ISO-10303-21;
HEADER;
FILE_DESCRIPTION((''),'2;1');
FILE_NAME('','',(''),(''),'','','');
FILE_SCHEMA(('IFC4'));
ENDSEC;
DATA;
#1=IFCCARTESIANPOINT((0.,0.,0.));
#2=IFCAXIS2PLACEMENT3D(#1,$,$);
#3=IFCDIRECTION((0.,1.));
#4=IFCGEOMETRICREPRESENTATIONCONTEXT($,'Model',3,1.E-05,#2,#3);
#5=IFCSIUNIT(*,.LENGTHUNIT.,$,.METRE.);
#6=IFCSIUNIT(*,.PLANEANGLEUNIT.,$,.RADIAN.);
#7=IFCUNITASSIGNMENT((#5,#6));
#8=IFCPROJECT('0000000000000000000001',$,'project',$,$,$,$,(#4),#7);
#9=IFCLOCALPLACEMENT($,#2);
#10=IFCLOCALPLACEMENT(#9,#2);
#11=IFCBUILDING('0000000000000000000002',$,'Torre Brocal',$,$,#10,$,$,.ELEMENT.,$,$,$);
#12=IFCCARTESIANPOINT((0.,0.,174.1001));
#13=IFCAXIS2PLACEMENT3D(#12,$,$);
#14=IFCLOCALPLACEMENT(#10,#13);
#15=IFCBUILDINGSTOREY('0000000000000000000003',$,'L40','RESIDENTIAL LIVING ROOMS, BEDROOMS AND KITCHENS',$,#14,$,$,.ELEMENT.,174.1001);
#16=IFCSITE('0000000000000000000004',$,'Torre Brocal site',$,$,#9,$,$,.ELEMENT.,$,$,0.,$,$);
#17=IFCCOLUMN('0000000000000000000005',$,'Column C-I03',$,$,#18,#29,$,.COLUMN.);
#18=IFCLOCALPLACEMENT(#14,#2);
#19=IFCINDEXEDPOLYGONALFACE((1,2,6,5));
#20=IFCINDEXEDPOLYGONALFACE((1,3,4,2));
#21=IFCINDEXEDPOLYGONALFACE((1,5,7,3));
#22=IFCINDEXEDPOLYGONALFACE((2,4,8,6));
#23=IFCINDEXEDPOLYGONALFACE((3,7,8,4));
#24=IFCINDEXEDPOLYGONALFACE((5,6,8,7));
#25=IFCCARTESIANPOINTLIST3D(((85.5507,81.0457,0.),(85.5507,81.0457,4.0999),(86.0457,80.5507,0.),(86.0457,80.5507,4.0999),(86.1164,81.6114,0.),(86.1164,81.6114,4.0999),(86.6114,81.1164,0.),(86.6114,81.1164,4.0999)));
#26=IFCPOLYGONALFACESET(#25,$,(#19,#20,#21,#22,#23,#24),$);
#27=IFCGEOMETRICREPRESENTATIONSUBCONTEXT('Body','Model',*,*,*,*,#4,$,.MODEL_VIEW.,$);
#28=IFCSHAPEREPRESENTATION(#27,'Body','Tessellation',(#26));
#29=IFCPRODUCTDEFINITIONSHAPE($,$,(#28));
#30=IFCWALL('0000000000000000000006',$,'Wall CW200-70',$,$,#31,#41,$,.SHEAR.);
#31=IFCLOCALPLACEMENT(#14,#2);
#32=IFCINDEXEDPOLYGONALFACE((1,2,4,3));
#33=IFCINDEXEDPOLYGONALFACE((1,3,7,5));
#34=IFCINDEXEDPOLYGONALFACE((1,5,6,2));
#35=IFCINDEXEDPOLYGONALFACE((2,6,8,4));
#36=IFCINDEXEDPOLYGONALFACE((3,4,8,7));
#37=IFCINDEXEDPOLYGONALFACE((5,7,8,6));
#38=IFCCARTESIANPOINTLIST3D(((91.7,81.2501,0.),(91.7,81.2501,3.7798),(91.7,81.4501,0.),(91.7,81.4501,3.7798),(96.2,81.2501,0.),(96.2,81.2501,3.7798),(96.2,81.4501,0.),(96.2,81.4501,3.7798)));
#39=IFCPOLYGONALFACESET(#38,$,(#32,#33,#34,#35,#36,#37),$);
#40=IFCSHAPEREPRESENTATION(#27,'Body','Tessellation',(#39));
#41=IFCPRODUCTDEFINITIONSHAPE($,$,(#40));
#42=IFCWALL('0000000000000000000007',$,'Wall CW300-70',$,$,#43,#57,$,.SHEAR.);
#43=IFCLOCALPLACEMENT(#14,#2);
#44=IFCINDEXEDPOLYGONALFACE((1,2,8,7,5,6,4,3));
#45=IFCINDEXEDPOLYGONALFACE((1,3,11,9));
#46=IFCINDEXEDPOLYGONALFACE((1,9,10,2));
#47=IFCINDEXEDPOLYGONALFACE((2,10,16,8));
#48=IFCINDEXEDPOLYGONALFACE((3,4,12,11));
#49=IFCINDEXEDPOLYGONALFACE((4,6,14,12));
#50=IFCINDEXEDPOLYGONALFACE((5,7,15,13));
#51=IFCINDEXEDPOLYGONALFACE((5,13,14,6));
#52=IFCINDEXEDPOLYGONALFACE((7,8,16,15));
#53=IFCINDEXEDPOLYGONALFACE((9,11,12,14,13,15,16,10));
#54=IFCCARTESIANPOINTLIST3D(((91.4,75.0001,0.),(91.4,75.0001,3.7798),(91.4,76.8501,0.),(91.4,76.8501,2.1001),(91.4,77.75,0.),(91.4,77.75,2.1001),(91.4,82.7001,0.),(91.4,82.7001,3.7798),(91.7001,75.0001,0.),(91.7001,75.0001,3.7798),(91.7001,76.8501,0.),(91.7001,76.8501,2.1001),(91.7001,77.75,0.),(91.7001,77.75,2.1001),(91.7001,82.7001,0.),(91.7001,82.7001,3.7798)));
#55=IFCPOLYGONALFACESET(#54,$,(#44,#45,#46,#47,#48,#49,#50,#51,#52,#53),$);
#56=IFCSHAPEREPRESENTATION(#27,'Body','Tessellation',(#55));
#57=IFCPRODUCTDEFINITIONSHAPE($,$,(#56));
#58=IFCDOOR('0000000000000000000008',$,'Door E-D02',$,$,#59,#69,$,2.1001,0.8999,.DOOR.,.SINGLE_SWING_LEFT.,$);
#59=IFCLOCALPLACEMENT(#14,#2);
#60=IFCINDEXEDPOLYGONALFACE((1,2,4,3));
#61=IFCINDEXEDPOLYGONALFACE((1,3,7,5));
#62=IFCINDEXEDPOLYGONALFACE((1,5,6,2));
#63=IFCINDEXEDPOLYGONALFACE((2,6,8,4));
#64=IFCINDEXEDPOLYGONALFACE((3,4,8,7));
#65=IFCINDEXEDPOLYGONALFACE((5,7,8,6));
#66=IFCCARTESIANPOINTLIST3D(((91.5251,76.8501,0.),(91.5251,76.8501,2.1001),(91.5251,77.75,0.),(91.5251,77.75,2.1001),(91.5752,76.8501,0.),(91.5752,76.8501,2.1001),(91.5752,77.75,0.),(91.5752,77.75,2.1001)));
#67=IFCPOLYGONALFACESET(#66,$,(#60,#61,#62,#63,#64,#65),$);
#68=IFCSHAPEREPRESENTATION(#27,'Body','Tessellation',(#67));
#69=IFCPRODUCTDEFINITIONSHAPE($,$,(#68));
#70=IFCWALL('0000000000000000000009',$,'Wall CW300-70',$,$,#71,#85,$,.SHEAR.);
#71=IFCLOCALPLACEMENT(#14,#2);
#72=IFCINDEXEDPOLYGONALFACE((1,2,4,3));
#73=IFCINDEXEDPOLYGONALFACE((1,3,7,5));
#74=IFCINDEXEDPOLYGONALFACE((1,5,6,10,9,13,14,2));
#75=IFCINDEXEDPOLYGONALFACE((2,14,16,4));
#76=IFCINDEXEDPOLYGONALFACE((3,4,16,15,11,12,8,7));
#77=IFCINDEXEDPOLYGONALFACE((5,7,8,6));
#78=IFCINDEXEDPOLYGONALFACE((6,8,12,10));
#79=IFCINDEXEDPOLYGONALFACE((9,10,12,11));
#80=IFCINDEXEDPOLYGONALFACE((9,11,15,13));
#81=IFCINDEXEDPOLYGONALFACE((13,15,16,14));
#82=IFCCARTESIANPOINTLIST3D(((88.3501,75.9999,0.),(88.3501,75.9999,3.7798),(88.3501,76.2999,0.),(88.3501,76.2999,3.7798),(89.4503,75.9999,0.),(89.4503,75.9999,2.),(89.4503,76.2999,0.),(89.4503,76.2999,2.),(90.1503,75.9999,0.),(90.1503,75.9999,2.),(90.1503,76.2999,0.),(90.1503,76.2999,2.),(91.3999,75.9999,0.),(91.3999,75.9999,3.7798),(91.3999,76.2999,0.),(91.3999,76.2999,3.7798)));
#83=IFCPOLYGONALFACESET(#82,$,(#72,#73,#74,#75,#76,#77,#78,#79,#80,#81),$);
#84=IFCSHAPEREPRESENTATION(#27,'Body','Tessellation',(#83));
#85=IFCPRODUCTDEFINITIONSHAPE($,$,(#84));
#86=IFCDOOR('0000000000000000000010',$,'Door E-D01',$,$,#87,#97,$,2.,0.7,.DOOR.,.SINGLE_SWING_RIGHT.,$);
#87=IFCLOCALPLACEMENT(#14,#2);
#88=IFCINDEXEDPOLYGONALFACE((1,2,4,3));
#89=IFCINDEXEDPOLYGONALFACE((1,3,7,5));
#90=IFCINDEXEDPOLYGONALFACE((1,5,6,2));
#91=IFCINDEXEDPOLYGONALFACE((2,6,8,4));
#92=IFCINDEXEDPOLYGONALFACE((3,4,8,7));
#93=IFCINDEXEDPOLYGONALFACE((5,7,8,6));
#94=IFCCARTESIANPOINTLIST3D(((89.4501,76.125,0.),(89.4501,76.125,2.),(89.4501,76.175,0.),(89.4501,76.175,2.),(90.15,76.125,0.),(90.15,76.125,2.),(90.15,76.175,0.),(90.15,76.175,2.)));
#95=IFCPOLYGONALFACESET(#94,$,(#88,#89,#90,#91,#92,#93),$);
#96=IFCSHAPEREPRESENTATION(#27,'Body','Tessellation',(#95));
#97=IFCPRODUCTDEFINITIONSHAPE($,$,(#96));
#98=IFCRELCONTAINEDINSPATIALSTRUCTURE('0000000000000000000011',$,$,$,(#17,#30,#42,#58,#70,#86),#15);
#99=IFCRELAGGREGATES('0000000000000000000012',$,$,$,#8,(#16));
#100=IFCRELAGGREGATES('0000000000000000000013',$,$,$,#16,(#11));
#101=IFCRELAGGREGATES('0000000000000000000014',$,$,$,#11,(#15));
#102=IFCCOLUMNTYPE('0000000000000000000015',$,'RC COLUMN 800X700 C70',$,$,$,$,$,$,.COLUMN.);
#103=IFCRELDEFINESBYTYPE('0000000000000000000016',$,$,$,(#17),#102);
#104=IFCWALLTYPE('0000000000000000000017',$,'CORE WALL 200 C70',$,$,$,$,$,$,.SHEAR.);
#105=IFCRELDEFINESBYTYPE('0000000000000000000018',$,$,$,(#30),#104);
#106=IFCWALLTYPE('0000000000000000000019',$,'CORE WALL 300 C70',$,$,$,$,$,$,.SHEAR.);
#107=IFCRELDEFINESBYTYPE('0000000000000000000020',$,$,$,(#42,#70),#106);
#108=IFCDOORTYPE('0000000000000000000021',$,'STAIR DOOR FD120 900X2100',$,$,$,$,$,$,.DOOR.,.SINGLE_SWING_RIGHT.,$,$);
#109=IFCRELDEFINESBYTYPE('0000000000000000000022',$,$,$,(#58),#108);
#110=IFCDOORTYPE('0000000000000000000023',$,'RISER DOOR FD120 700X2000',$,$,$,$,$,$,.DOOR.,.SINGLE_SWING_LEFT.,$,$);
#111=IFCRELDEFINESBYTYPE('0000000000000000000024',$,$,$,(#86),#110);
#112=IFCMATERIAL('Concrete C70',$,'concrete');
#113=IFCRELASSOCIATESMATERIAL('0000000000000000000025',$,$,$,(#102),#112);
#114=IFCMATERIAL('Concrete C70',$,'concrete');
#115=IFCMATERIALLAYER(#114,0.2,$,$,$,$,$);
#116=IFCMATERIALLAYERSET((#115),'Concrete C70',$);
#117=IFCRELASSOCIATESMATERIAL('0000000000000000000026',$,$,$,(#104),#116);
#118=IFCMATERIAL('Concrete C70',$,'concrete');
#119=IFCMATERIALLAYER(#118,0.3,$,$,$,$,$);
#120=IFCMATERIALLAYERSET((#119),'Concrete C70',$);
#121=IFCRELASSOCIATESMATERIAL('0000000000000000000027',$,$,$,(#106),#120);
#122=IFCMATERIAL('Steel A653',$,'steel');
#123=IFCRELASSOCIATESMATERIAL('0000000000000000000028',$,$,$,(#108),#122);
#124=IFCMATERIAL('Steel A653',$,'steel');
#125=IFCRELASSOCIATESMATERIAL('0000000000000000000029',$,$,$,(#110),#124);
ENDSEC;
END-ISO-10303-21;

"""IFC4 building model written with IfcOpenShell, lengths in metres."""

from ifc_helpers import new_model, si_unit, direction, frame, frame_2d, origin, origin_2d, place, context, subcontext, project, spatial, rectangle, extrude, material, layer, layer_set, material_profile, profile_set, type_object, element, fill, save


model = new_model("IFC4")

# Units and contexts
model_context = context("Model", 3, precision=1e-05, world=origin(), true_north=direction((0.0, 1.0)))
body_context = subcontext(model_context, "Body", "Model", "MODEL_VIEW")
ifc_project = project(units=[si_unit("LENGTHUNIT", "METRE"), si_unit("PLANEANGLEUNIT", "RADIAN")], contexts=[model_context])

# Site, building, storey
site_placement = place(None, origin())
site = spatial("IfcSite", under=ifc_project, at=site_placement, Name="Torre Brocal site", CompositionType="ELEMENT", RefElevation=0.0)
building_placement = place(site_placement, origin())
building = spatial("IfcBuilding", under=site, at=building_placement, Name="Torre Brocal", CompositionType="ELEMENT")
storey_placement = place(building_placement, frame((0.0, 0.0, 174.1001)))
storey = spatial("IfcBuildingStorey", under=building, at=storey_placement, Name="L40", Description="RESIDENTIAL LIVING ROOMS, BEDROOMS AND KITCHENS", CompositionType="ELEMENT", Elevation=174.1001)

# Column
ifc_material_1 = material(Name="Concrete C70", Category="concrete")
ifc_material_profile = material_profile(ifc_material_1, rectangle(XDim=0.8, YDim=0.7, at=origin_2d()), Name="RC 800X700")
ifc_profile_set = profile_set([ifc_material_profile], Name="Concrete C70")
column_type = type_object("IfcColumnType", Name="RC COLUMN 800X700 C70", PredefinedType="COLUMN", material=ifc_profile_set)
column_placement = place(storey_placement, frame((86.0811, 81.0811, 0.0), z_axis=(0.0, 0.0, 1.0), x_axis=(0.707107, 0.707107, 0.0)))
element("IfcColumn", 1, at=column_placement, inside=storey, type_object=column_type, Name="Column C-I03", PredefinedType="COLUMN", context=body_context, shape_type="SweptSolid", body=[
    extrude(rectangle(XDim=0.8, YDim=0.7, at=origin_2d()), origin(), (0.0, 0.0, 1.0), 4.0999),
])

# Wall
ifc_material_2 = material(Name="Concrete C70", Category="concrete")
ifc_layer_1 = layer(ifc_material_2, 0.2)
ifc_layer_set_1 = layer_set([ifc_layer_1], Name="Concrete C70")
wall_type_1 = type_object("IfcWallType", Name="CORE WALL 200 C70", PredefinedType="SHEAR", material=ifc_layer_set_1)
wall_1_placement = place(storey_placement, frame((91.7, 81.3501, 0.0), z_axis=(0.0, 0.0, 1.0), x_axis=(1.0, 0.0, 0.0)))
element("IfcWall", 2, at=wall_1_placement, inside=storey, type_object=wall_type_1, Name="Wall CW200-70", PredefinedType="SHEAR", context=body_context, shape_type="SweptSolid", body=[
    extrude(rectangle(XDim=4.5, YDim=0.2, at=frame_2d((2.25, 0.0))), origin(), (0.0, 0.0, 1.0), 3.7798),
])

# Walls, openings, doors
ifc_material_3 = material(Name="Concrete C70", Category="concrete")
ifc_layer_2 = layer(ifc_material_3, 0.3)
ifc_layer_set_2 = layer_set([ifc_layer_2], Name="Concrete C70")
wall_type_2 = type_object("IfcWallType", Name="CORE WALL 300 C70", PredefinedType="SHEAR", material=ifc_layer_set_2)
wall_2_placement = place(storey_placement, frame((91.55, 75.0, 0.0), z_axis=(0.0, 0.0, 1.0), x_axis=(0.0, 1.0, 0.0)))
wall_2 = element("IfcWall", 3, at=wall_2_placement, inside=storey, type_object=wall_type_2, Name="Wall CW300-70", PredefinedType="SHEAR", context=body_context, shape_type="SweptSolid", body=[
    extrude(rectangle(XDim=7.7, YDim=0.3, at=frame_2d((3.8501, 0.0))), origin(), (0.0, 0.0, 1.0), 3.7798),
])
opening_1_placement = place(wall_2_placement, frame((1.8501, 0.0, 0.0)))
opening_1 = element("IfcOpeningElement", 4, at=opening_1_placement, cuts=wall_2, PredefinedType="OPENING", context=body_context, shape_type="SweptSolid", body=[
    extrude(rectangle(XDim=0.8999, YDim=2.1001, at=frame_2d((0.45, 1.05))), frame((0.0, 0.1599, 0.0), z_axis=(0.0, -1.0, 0.0), x_axis=(1.0, 0.0, 0.0)), (0.0, 0.0, 1.0), 0.3201),
])
ifc_material_4 = material(Name="Steel A653", Category="steel")
door_type_1 = type_object("IfcDoorType", Name="STAIR DOOR FD120 900X2100", OperationType="SINGLE_SWING_RIGHT", PredefinedType="DOOR", material=ifc_material_4)
door_1_placement = place(opening_1_placement, origin())
door_1 = element("IfcDoor", 5, at=door_1_placement, inside=storey, type_object=door_type_1, Name="Door E-D02", OperationType="SINGLE_SWING_LEFT", OverallHeight=2.1001, OverallWidth=0.8999, PredefinedType="DOOR", context=body_context, shape_type="SweptSolid", body=[
    extrude(rectangle(XDim=0.8999, YDim=2.1001, at=frame_2d((0.45, 1.05))), frame((0.0, 0.0249, 0.0), z_axis=(0.0, -1.0, 0.0), x_axis=(1.0, 0.0, 0.0)), (0.0, 0.0, 1.0), 0.05),
])
fill(opening_1, door_1)
wall_3_placement = place(storey_placement, frame((88.3501, 76.1499, 0.0), z_axis=(0.0, 0.0, 1.0), x_axis=(1.0, 0.0, 0.0)))
wall_3 = element("IfcWall", 6, at=wall_3_placement, inside=storey, type_object=wall_type_2, Name="Wall CW300-70", PredefinedType="SHEAR", context=body_context, shape_type="SweptSolid", body=[
    extrude(rectangle(XDim=3.0498, YDim=0.3, at=frame_2d((1.5249, 0.0))), origin(), (0.0, 0.0, 1.0), 3.7798),
])
opening_2_placement = place(wall_3_placement, frame((1.1001, 0.0, 0.0)))
opening_2 = element("IfcOpeningElement", 7, at=opening_2_placement, cuts=wall_3, PredefinedType="OPENING", context=body_context, shape_type="SweptSolid", body=[
    extrude(rectangle(XDim=0.7, YDim=2.0, at=frame_2d((0.3501, 1.0))), frame((0.0, 0.1599, 0.0), z_axis=(0.0, -1.0, 0.0), x_axis=(1.0, 0.0, 0.0)), (0.0, 0.0, 1.0), 0.3201),
])
ifc_material_5 = material(Name="Steel A653", Category="steel")
door_type_2 = type_object("IfcDoorType", Name="RISER DOOR FD120 700X2000", OperationType="SINGLE_SWING_LEFT", PredefinedType="DOOR", material=ifc_material_5)
door_2_placement = place(opening_2_placement, frame((0.7, 0.0, 0.0), z_axis=(0.0, 0.0, 1.0), x_axis=(-1.0, 0.0, 0.0)))
door_2 = element("IfcDoor", 8, at=door_2_placement, inside=storey, type_object=door_type_2, Name="Door E-D01", OperationType="SINGLE_SWING_RIGHT", OverallHeight=2.0, OverallWidth=0.7, PredefinedType="DOOR", context=body_context, shape_type="SweptSolid", body=[
    extrude(rectangle(XDim=0.7, YDim=2.0, at=frame_2d((0.3501, 1.0))), frame((0.0, 0.0249, 0.0), z_axis=(0.0, -1.0, 0.0), x_axis=(1.0, 0.0, 0.0)), (0.0, 0.0, 1.0), 0.05),
])
fill(opening_2, door_2)

save(model, "model.ifc")
